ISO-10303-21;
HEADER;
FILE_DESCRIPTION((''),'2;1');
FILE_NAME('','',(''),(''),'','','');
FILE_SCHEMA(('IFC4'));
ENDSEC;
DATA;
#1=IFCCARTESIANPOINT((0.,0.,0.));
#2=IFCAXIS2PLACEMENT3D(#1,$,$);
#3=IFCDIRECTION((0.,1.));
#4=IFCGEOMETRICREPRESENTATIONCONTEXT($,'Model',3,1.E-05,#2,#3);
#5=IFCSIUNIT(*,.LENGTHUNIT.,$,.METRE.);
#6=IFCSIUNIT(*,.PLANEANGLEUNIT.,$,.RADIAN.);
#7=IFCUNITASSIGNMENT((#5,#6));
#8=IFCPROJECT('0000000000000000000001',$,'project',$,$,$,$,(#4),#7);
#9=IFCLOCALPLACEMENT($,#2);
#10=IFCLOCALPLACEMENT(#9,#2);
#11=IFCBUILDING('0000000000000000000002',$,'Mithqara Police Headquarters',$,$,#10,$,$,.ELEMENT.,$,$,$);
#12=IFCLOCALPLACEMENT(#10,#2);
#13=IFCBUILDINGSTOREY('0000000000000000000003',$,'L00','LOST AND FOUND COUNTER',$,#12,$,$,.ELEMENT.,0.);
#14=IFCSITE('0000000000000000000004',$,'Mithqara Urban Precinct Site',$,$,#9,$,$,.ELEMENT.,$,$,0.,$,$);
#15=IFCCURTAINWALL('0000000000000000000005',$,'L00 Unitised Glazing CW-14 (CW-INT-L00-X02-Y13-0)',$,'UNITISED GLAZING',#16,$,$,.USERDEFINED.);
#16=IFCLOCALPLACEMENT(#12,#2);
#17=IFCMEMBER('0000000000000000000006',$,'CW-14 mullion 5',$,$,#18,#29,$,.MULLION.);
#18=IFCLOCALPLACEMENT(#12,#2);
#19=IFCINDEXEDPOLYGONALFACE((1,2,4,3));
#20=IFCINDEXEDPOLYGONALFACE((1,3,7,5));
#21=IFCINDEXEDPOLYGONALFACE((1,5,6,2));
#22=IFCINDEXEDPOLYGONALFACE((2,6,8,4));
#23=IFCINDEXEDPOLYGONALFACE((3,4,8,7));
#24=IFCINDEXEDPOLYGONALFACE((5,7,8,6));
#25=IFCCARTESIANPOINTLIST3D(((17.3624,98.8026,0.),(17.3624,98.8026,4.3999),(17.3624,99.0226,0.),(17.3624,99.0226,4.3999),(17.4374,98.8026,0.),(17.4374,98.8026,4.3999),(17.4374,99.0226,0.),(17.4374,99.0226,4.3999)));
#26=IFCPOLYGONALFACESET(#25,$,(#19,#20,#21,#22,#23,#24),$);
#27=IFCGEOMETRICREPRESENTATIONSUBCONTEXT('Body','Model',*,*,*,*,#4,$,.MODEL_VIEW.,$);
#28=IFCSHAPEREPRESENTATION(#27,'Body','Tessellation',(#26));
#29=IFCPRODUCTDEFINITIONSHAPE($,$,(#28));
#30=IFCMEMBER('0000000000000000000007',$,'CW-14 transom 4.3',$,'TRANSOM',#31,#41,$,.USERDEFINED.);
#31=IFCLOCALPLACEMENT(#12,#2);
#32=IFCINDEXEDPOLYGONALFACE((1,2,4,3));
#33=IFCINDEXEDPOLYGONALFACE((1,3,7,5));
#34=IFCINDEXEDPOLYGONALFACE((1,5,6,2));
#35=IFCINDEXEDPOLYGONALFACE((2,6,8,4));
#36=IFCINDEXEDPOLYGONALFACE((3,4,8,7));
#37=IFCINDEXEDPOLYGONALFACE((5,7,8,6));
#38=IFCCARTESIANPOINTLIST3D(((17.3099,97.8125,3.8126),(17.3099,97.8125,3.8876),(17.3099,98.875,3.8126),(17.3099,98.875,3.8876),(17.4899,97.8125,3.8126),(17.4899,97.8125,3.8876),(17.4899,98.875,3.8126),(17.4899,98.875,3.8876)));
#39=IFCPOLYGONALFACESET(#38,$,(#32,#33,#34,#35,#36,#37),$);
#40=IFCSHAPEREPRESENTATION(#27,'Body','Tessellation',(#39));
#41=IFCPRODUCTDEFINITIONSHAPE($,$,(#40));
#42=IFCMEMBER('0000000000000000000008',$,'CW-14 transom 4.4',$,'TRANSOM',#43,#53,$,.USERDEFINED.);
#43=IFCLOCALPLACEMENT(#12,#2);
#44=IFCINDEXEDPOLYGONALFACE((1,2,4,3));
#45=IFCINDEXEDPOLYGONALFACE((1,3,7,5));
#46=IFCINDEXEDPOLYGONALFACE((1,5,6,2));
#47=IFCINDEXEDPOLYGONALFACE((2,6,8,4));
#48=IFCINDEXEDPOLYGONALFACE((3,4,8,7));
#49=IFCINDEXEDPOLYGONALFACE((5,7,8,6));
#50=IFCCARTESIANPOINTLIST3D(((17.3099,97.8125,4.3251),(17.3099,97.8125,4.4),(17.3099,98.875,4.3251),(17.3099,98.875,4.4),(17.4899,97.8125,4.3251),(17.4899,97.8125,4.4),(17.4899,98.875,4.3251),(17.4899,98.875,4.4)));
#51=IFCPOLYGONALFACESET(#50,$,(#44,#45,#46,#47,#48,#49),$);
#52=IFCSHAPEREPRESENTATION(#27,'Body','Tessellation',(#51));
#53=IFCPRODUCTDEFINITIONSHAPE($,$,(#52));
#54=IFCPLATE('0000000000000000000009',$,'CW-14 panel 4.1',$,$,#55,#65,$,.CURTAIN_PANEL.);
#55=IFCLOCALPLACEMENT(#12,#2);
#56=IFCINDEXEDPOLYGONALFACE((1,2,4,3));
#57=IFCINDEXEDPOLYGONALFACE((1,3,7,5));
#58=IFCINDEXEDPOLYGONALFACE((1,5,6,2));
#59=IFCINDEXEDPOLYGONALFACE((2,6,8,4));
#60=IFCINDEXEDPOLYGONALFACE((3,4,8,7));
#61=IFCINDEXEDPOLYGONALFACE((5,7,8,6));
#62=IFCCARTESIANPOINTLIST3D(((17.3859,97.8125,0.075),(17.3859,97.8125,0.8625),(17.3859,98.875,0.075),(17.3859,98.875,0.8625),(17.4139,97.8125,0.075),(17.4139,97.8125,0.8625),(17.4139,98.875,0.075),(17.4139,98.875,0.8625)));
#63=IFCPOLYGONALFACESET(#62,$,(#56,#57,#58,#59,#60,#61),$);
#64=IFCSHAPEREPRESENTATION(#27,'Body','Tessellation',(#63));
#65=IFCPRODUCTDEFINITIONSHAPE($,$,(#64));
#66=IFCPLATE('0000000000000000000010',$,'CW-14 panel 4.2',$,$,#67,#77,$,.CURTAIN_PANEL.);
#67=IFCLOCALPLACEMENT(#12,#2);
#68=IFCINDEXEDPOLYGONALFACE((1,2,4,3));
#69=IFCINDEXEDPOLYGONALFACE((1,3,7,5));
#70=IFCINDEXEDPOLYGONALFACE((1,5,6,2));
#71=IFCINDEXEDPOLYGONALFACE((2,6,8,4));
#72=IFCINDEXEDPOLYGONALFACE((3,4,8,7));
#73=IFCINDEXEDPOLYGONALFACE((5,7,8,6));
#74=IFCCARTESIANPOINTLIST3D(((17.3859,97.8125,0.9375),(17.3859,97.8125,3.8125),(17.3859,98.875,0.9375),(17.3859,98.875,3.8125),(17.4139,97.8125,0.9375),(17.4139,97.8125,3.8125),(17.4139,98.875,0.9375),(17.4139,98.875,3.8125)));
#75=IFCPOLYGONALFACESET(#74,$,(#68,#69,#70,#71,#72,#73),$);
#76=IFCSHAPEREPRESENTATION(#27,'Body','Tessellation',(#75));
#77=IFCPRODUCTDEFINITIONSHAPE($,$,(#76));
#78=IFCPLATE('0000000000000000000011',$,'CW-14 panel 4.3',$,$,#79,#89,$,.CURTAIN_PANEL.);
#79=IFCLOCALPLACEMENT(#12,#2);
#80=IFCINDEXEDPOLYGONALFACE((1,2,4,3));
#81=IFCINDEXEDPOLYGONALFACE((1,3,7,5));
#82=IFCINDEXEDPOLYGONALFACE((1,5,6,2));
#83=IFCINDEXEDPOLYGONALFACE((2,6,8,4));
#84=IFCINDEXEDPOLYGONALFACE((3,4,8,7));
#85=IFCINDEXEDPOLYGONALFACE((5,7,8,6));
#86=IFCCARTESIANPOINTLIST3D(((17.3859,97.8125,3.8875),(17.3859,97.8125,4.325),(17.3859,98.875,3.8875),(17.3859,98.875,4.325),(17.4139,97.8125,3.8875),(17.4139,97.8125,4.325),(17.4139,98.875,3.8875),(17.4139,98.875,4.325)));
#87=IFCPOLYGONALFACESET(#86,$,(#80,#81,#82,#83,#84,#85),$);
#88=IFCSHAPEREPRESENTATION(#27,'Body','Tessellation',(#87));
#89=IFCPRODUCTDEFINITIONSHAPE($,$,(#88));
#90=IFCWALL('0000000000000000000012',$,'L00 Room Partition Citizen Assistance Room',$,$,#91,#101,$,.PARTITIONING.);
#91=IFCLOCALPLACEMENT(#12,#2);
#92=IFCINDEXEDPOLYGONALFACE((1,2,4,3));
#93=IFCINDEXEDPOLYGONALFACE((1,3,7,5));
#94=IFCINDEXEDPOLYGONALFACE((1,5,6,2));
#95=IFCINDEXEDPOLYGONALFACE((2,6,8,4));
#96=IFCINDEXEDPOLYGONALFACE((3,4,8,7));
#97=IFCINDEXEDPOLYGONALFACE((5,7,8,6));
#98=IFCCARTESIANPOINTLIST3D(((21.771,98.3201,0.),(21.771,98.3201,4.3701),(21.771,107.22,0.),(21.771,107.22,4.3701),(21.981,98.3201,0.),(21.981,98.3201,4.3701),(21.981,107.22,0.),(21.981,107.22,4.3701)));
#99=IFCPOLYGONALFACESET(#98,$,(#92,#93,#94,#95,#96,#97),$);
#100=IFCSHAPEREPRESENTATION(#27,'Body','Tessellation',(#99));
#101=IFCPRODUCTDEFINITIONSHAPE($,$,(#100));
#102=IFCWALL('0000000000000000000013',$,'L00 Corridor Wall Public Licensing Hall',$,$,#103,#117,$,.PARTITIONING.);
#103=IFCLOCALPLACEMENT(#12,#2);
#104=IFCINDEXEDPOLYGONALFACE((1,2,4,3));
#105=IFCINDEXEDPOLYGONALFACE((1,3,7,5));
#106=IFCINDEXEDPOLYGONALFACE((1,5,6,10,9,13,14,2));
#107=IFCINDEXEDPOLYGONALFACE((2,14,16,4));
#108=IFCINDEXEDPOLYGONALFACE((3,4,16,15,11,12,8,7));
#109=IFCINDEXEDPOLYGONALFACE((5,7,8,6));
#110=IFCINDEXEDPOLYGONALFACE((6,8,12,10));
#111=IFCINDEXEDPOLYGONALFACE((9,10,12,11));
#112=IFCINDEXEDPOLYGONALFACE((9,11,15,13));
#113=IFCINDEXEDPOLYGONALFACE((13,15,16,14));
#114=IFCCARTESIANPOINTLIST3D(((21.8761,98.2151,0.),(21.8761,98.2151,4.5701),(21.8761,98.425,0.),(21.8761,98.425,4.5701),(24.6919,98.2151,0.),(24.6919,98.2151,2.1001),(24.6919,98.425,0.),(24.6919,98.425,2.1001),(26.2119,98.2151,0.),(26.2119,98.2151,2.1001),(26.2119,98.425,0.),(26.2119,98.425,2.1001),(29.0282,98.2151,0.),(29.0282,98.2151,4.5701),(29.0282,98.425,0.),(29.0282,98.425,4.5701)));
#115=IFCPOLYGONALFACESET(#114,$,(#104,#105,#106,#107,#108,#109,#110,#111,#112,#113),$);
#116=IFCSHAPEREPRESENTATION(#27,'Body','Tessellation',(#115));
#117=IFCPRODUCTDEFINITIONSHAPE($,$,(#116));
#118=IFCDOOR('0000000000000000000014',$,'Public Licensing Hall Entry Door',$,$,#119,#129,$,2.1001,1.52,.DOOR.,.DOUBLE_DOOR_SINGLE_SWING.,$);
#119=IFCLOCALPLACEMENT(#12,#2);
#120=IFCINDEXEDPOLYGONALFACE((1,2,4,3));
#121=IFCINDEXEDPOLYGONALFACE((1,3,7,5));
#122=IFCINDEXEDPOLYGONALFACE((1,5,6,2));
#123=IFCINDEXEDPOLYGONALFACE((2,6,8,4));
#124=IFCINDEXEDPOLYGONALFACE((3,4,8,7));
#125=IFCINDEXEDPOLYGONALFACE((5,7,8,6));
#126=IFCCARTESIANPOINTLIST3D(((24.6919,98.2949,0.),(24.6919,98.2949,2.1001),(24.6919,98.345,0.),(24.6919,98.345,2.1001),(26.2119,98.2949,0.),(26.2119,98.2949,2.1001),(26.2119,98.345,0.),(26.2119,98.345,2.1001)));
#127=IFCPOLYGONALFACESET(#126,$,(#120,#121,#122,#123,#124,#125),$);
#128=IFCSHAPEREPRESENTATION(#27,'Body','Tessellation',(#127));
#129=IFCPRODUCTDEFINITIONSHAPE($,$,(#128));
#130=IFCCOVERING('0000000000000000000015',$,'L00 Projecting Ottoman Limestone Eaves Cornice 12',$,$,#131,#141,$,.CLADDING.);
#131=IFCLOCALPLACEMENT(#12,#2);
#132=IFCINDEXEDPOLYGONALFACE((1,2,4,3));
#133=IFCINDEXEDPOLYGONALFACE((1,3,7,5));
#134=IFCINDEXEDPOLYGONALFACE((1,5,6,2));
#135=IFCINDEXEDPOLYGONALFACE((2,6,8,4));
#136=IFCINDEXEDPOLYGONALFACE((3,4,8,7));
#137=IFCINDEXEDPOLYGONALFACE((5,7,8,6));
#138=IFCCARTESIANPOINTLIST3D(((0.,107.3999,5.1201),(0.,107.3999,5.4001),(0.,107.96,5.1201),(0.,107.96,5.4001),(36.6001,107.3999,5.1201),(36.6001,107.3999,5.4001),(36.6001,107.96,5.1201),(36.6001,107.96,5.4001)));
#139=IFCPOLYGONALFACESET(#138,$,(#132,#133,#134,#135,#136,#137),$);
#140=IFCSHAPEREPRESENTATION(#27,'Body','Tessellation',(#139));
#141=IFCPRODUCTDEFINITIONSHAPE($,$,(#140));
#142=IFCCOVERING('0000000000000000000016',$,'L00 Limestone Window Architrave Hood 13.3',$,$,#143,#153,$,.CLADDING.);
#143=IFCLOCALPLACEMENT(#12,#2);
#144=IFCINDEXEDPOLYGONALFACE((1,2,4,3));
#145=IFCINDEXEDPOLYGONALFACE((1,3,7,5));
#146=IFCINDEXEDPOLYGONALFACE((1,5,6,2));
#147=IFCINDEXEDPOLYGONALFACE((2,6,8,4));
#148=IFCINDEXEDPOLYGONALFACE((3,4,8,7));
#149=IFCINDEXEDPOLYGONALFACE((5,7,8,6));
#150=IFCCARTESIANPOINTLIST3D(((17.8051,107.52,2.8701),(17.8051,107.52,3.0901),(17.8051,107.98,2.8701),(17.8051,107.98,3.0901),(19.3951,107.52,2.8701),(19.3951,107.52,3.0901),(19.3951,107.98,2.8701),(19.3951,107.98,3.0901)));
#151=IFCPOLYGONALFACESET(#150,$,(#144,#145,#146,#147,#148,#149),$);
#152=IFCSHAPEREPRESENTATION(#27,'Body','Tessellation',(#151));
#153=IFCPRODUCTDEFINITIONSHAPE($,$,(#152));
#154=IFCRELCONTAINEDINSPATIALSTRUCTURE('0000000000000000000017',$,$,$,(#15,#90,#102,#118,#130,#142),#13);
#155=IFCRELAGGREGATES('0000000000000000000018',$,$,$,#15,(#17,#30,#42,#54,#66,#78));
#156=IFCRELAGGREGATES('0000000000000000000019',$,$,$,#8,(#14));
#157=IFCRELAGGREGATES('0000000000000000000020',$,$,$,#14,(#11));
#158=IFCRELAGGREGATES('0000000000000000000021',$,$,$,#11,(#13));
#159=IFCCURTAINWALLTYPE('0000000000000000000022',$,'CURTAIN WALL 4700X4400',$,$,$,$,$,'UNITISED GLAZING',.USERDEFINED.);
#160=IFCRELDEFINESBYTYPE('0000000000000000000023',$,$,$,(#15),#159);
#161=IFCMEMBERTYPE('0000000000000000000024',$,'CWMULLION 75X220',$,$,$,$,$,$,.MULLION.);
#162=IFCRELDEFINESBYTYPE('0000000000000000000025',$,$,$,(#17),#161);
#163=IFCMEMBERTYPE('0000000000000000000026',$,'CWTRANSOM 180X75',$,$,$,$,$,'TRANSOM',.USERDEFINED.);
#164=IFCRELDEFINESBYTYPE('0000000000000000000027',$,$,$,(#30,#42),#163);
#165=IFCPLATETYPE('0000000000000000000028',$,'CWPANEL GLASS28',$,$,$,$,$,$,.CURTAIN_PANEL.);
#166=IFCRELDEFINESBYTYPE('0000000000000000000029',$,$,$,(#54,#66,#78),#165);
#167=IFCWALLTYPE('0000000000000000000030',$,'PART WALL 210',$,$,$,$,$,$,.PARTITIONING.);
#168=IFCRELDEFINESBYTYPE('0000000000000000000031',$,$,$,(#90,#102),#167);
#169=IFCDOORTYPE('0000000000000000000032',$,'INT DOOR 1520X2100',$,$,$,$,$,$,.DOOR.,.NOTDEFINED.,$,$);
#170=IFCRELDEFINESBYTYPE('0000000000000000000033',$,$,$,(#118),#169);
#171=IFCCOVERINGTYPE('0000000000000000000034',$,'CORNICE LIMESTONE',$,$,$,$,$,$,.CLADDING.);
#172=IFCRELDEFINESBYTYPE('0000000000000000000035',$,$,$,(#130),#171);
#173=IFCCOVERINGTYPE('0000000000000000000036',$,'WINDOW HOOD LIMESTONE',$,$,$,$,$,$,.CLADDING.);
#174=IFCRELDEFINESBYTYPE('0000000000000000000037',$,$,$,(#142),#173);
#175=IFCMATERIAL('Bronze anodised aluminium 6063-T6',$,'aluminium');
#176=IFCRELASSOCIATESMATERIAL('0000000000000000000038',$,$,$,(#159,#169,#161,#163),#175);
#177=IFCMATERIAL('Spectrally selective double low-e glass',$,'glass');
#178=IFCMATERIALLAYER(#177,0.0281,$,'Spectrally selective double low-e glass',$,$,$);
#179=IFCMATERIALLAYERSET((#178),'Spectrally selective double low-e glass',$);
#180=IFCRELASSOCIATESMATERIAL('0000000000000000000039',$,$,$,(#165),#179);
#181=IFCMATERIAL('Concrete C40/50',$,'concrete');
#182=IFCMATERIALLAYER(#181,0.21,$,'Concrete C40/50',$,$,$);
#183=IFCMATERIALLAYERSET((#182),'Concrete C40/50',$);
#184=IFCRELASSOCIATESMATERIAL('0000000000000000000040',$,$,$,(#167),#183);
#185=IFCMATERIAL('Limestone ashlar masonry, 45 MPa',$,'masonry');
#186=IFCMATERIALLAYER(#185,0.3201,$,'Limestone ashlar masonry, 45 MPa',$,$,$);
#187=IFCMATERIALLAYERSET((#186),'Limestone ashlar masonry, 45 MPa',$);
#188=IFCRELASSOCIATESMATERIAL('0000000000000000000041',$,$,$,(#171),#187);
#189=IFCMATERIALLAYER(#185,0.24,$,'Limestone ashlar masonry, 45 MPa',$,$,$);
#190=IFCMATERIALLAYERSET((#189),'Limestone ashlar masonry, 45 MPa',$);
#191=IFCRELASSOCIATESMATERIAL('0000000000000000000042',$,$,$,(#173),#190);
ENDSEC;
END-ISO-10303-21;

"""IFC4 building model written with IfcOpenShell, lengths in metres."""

from ifc_helpers import new_model, si_unit, direction, frame, frame_2d, origin, origin_2d, place, context, subcontext, project, spatial, rectangle, extrude, material, layer, layer_set, material_profile, profile_set, type_object, element, fill, aggregate, save


model = new_model("IFC4")

# Units and contexts
model_context = context("Model", 3, precision=1e-05, world=origin(), true_north=direction((0.0, 1.0)))
body_context = subcontext(model_context, "Body", "Model", "MODEL_VIEW")
ifc_project = project(units=[si_unit("LENGTHUNIT", "METRE"), si_unit("PLANEANGLEUNIT", "RADIAN")], contexts=[model_context])

# Site, building, storey
site_placement = place(None, origin())
site = spatial("IfcSite", under=ifc_project, at=site_placement, Name="Mithqara Urban Precinct Site", CompositionType="ELEMENT", RefElevation=0.0)
building_placement = place(site_placement, origin())
building = spatial("IfcBuilding", under=site, at=building_placement, Name="Mithqara Police Headquarters", CompositionType="ELEMENT")
storey_placement = place(building_placement, origin())
storey = spatial("IfcBuildingStorey", under=building, at=storey_placement, Name="L00", Description="LOST AND FOUND COUNTER", CompositionType="ELEMENT", Elevation=0.0)

# Shared definitions
ifc_material_1 = material(Name="Concrete C40/50", Category="concrete")

# Curtain wall, members, plates
ifc_material_2 = material(Name="Bronze anodised aluminium 6063-T6", Category="aluminium")
curtain_wall_type = type_object("IfcCurtainWallType", Name="CURTAIN WALL 4700X4400", ElementType="UNITISED GLAZING", PredefinedType="USERDEFINED", material=ifc_material_2)
curtain_wall_placement = place(storey_placement, origin())
curtain_wall = element("IfcCurtainWall", 1, at=curtain_wall_placement, inside=storey, type_object=curtain_wall_type, Name="L00 Unitised Glazing CW-14 (CW-INT-L00-X02-Y13-0)", ObjectType="UNITISED GLAZING", PredefinedType="USERDEFINED")
ifc_material_profile_1 = material_profile(ifc_material_2, rectangle(XDim=0.075, YDim=0.22, at=origin_2d()), Name="CWM 75x220")
ifc_profile_set_1 = profile_set([ifc_material_profile_1], Name="Bronze anodised aluminium 6063-T6")
member_type_1 = type_object("IfcMemberType", Name="CWMULLION 75X220", PredefinedType="MULLION", material=ifc_profile_set_1)
member_1_placement = place(storey_placement, frame((17.3999, 98.9126, 0.0), z_axis=(0.0, 0.0, 1.0), x_axis=(-1.0, 0.0, 0.0)))
member_1 = element("IfcMember", 2, at=member_1_placement, type_object=member_type_1, Name="CW-14 mullion 5", PredefinedType="MULLION", context=body_context, shape_type="SweptSolid", body=[
    extrude(rectangle(XDim=0.075, YDim=0.22, at=origin_2d()), origin(), (0.0, 0.0, 1.0), 4.3999),
])
ifc_material_profile_2 = material_profile(ifc_material_2, rectangle(XDim=0.1799, YDim=0.075, at=origin_2d()), Name="CWT 180x75")
ifc_profile_set_2 = profile_set([ifc_material_profile_2], Name="Bronze anodised aluminium 6063-T6")
member_type_2 = type_object("IfcMemberType", Name="CWTRANSOM 180X75", ElementType="TRANSOM", PredefinedType="USERDEFINED", material=ifc_profile_set_2)
member_2_placement = place(storey_placement, frame((17.3999, 97.8125, 3.8501), z_axis=(0.0, 1.0, 0.0), x_axis=(-1.0, 0.0, 0.0)))
member_2 = element("IfcMember", 3, at=member_2_placement, type_object=member_type_2, Name="CW-14 transom 4.3", ObjectType="TRANSOM", PredefinedType="USERDEFINED", context=body_context, shape_type="SweptSolid", body=[
    extrude(rectangle(XDim=0.1799, YDim=0.075, at=origin_2d()), origin(), (0.0, 0.0, 1.0), 1.0625),
])
member_3_placement = place(storey_placement, frame((17.3999, 97.8125, 4.3625), z_axis=(0.0, 1.0, 0.0), x_axis=(-1.0, 0.0, 0.0)))
member_3 = element("IfcMember", 4, at=member_3_placement, type_object=member_type_2, Name="CW-14 transom 4.4", ObjectType="TRANSOM", PredefinedType="USERDEFINED", context=body_context, shape_type="SweptSolid", body=[
    extrude(rectangle(XDim=0.1799, YDim=0.075, at=origin_2d()), origin(), (0.0, 0.0, 1.0), 1.0625),
])
ifc_material_3 = material(Name="Spectrally selective double low-e glass", Category="glass")
ifc_layer_1 = layer(ifc_material_3, 0.0281, Name="Spectrally selective double low-e glass")
ifc_layer_set_1 = layer_set([ifc_layer_1], Name="Spectrally selective double low-e glass")
plate_type = type_object("IfcPlateType", Name="CWPANEL GLASS28", PredefinedType="CURTAIN_PANEL", material=ifc_layer_set_1)
plate_1_placement = place(storey_placement, frame((17.3999, 98.3438, 0.075), z_axis=(0.0, 0.0, 1.0), x_axis=(0.0, 1.0, 0.0)))
plate_1 = element("IfcPlate", 5, at=plate_1_placement, type_object=plate_type, Name="CW-14 panel 4.1", PredefinedType="CURTAIN_PANEL", context=body_context, shape_type="SweptSolid", body=[
    extrude(rectangle(XDim=1.0625, YDim=0.0281, at=origin_2d()), origin(), (0.0, 0.0, 1.0), 0.7876),
])
plate_2_placement = place(storey_placement, frame((17.3999, 98.3438, 0.9375), z_axis=(0.0, 0.0, 1.0), x_axis=(0.0, 1.0, 0.0)))
plate_2 = element("IfcPlate", 6, at=plate_2_placement, type_object=plate_type, Name="CW-14 panel 4.2", PredefinedType="CURTAIN_PANEL", context=body_context, shape_type="SweptSolid", body=[
    extrude(rectangle(XDim=1.0625, YDim=0.0281, at=origin_2d()), origin(), (0.0, 0.0, 1.0), 2.875),
])
plate_3_placement = place(storey_placement, frame((17.3999, 98.3438, 3.8875), z_axis=(0.0, 0.0, 1.0), x_axis=(0.0, 1.0, 0.0)))
plate_3 = element("IfcPlate", 7, at=plate_3_placement, type_object=plate_type, Name="CW-14 panel 4.3", PredefinedType="CURTAIN_PANEL", context=body_context, shape_type="SweptSolid", body=[
    extrude(rectangle(XDim=1.0625, YDim=0.0281, at=origin_2d()), origin(), (0.0, 0.0, 1.0), 0.4375),
])
aggregate(curtain_wall, [member_1, member_2, member_3, plate_1, plate_2, plate_3])

# Wall
ifc_layer_2 = layer(ifc_material_1, 0.21, Name="Concrete C40/50")
ifc_layer_set_2 = layer_set([ifc_layer_2], Name="Concrete C40/50")
wall_type = type_object("IfcWallType", Name="PART WALL 210", PredefinedType="PARTITIONING", material=ifc_layer_set_2)
wall_1_placement = place(storey_placement, frame((21.876, 98.3201, 0.0), z_axis=(0.0, 0.0, 1.0), x_axis=(0.0, 1.0, 0.0)))
element("IfcWall", 8, at=wall_1_placement, inside=storey, type_object=wall_type, Name="L00 Room Partition Citizen Assistance Room", PredefinedType="PARTITIONING", context=body_context, shape_type="SweptSolid", body=[
    extrude(rectangle(XDim=8.8999, YDim=0.21, at=frame_2d((4.45, 0.0))), origin(), (0.0, 0.0, 1.0), 4.3701),
])

# Wall, opening, door
wall_2_placement = place(storey_placement, frame((21.876, 98.3201, 0.0), z_axis=(0.0, 0.0, 1.0), x_axis=(1.0, 0.0, 0.0)))
wall_2 = element("IfcWall", 9, at=wall_2_placement, inside=storey, type_object=wall_type, Name="L00 Corridor Wall Public Licensing Hall", PredefinedType="PARTITIONING", context=body_context, shape_type="SweptSolid", body=[
    extrude(rectangle(XDim=7.1521, YDim=0.21, at=frame_2d((3.5762, 0.0))), origin(), (0.0, 0.0, 1.0), 4.5701),
])
opening_placement = place(wall_2_placement, frame((2.8159, 0.0, 0.0)))
opening = element("IfcOpeningElement", 10, at=opening_placement, cuts=wall_2, PredefinedType="OPENING", context=body_context, shape_type="SweptSolid", body=[
    extrude(rectangle(XDim=1.52, YDim=2.1001, at=frame_2d((0.76, 1.05))), frame((0.0, 0.115, 0.0), z_axis=(0.0, -1.0, 0.0), x_axis=(1.0, 0.0, 0.0)), (0.0, 0.0, 1.0), 0.23),
])
door_type = type_object("IfcDoorType", Name="INT DOOR 1520X2100", OperationType="NOTDEFINED", PredefinedType="DOOR", material=ifc_material_2)
door_placement = place(opening_placement, origin())
door = element("IfcDoor", 11, at=door_placement, inside=storey, type_object=door_type, Name="Public Licensing Hall Entry Door", OperationType="DOUBLE_DOOR_SINGLE_SWING", OverallHeight=2.1001, OverallWidth=1.52, PredefinedType="DOOR", context=body_context, shape_type="SweptSolid", body=[
    extrude(rectangle(XDim=1.52, YDim=2.1001, at=frame_2d((0.76, 1.05))), frame((0.0, 0.0249, 0.0), z_axis=(0.0, -1.0, 0.0), x_axis=(1.0, 0.0, 0.0)), (0.0, 0.0, 1.0), 0.05),
])
fill(opening, door)

# Coverings
ifc_material_4 = material(Name="Limestone ashlar masonry, 45 MPa", Category="masonry")
ifc_layer_3 = layer(ifc_material_4, 0.3201, Name="Limestone ashlar masonry, 45 MPa")
ifc_layer_set_3 = layer_set([ifc_layer_3], Name="Limestone ashlar masonry, 45 MPa")
covering_type_1 = type_object("IfcCoveringType", Name="CORNICE LIMESTONE", PredefinedType="CLADDING", material=ifc_layer_set_3)
covering_1_placement = place(storey_placement, frame((18.3, 107.6799, 5.1201), z_axis=(0.0, 0.0, 1.0), x_axis=(1.0, 0.0, 0.0)))
element("IfcCovering", 12, at=covering_1_placement, inside=storey, type_object=covering_type_1, Name="L00 Projecting Ottoman Limestone Eaves Cornice 12", PredefinedType="CLADDING", context=body_context, shape_type="SweptSolid", body=[
    extrude(rectangle(XDim=36.6001, YDim=0.5601, at=origin_2d()), origin(), (0.0, 0.0, 1.0), 0.28),
])
ifc_layer_4 = layer(ifc_material_4, 0.24, Name="Limestone ashlar masonry, 45 MPa")
ifc_layer_set_4 = layer_set([ifc_layer_4], Name="Limestone ashlar masonry, 45 MPa")
covering_type_2 = type_object("IfcCoveringType", Name="WINDOW HOOD LIMESTONE", PredefinedType="CLADDING", material=ifc_layer_set_4)
covering_2_placement = place(storey_placement, frame((18.6001, 107.75, 2.8701), z_axis=(0.0, 0.0, 1.0), x_axis=(1.0, 0.0, 0.0)))
element("IfcCovering", 13, at=covering_2_placement, inside=storey, type_object=covering_type_2, Name="L00 Limestone Window Architrave Hood 13.3", PredefinedType="CLADDING", context=body_context, shape_type="SweptSolid", body=[
    extrude(rectangle(XDim=1.5901, YDim=0.46, at=origin_2d()), origin(), (0.0, 0.0, 1.0), 0.22),
])

save(model, "model.ifc")
